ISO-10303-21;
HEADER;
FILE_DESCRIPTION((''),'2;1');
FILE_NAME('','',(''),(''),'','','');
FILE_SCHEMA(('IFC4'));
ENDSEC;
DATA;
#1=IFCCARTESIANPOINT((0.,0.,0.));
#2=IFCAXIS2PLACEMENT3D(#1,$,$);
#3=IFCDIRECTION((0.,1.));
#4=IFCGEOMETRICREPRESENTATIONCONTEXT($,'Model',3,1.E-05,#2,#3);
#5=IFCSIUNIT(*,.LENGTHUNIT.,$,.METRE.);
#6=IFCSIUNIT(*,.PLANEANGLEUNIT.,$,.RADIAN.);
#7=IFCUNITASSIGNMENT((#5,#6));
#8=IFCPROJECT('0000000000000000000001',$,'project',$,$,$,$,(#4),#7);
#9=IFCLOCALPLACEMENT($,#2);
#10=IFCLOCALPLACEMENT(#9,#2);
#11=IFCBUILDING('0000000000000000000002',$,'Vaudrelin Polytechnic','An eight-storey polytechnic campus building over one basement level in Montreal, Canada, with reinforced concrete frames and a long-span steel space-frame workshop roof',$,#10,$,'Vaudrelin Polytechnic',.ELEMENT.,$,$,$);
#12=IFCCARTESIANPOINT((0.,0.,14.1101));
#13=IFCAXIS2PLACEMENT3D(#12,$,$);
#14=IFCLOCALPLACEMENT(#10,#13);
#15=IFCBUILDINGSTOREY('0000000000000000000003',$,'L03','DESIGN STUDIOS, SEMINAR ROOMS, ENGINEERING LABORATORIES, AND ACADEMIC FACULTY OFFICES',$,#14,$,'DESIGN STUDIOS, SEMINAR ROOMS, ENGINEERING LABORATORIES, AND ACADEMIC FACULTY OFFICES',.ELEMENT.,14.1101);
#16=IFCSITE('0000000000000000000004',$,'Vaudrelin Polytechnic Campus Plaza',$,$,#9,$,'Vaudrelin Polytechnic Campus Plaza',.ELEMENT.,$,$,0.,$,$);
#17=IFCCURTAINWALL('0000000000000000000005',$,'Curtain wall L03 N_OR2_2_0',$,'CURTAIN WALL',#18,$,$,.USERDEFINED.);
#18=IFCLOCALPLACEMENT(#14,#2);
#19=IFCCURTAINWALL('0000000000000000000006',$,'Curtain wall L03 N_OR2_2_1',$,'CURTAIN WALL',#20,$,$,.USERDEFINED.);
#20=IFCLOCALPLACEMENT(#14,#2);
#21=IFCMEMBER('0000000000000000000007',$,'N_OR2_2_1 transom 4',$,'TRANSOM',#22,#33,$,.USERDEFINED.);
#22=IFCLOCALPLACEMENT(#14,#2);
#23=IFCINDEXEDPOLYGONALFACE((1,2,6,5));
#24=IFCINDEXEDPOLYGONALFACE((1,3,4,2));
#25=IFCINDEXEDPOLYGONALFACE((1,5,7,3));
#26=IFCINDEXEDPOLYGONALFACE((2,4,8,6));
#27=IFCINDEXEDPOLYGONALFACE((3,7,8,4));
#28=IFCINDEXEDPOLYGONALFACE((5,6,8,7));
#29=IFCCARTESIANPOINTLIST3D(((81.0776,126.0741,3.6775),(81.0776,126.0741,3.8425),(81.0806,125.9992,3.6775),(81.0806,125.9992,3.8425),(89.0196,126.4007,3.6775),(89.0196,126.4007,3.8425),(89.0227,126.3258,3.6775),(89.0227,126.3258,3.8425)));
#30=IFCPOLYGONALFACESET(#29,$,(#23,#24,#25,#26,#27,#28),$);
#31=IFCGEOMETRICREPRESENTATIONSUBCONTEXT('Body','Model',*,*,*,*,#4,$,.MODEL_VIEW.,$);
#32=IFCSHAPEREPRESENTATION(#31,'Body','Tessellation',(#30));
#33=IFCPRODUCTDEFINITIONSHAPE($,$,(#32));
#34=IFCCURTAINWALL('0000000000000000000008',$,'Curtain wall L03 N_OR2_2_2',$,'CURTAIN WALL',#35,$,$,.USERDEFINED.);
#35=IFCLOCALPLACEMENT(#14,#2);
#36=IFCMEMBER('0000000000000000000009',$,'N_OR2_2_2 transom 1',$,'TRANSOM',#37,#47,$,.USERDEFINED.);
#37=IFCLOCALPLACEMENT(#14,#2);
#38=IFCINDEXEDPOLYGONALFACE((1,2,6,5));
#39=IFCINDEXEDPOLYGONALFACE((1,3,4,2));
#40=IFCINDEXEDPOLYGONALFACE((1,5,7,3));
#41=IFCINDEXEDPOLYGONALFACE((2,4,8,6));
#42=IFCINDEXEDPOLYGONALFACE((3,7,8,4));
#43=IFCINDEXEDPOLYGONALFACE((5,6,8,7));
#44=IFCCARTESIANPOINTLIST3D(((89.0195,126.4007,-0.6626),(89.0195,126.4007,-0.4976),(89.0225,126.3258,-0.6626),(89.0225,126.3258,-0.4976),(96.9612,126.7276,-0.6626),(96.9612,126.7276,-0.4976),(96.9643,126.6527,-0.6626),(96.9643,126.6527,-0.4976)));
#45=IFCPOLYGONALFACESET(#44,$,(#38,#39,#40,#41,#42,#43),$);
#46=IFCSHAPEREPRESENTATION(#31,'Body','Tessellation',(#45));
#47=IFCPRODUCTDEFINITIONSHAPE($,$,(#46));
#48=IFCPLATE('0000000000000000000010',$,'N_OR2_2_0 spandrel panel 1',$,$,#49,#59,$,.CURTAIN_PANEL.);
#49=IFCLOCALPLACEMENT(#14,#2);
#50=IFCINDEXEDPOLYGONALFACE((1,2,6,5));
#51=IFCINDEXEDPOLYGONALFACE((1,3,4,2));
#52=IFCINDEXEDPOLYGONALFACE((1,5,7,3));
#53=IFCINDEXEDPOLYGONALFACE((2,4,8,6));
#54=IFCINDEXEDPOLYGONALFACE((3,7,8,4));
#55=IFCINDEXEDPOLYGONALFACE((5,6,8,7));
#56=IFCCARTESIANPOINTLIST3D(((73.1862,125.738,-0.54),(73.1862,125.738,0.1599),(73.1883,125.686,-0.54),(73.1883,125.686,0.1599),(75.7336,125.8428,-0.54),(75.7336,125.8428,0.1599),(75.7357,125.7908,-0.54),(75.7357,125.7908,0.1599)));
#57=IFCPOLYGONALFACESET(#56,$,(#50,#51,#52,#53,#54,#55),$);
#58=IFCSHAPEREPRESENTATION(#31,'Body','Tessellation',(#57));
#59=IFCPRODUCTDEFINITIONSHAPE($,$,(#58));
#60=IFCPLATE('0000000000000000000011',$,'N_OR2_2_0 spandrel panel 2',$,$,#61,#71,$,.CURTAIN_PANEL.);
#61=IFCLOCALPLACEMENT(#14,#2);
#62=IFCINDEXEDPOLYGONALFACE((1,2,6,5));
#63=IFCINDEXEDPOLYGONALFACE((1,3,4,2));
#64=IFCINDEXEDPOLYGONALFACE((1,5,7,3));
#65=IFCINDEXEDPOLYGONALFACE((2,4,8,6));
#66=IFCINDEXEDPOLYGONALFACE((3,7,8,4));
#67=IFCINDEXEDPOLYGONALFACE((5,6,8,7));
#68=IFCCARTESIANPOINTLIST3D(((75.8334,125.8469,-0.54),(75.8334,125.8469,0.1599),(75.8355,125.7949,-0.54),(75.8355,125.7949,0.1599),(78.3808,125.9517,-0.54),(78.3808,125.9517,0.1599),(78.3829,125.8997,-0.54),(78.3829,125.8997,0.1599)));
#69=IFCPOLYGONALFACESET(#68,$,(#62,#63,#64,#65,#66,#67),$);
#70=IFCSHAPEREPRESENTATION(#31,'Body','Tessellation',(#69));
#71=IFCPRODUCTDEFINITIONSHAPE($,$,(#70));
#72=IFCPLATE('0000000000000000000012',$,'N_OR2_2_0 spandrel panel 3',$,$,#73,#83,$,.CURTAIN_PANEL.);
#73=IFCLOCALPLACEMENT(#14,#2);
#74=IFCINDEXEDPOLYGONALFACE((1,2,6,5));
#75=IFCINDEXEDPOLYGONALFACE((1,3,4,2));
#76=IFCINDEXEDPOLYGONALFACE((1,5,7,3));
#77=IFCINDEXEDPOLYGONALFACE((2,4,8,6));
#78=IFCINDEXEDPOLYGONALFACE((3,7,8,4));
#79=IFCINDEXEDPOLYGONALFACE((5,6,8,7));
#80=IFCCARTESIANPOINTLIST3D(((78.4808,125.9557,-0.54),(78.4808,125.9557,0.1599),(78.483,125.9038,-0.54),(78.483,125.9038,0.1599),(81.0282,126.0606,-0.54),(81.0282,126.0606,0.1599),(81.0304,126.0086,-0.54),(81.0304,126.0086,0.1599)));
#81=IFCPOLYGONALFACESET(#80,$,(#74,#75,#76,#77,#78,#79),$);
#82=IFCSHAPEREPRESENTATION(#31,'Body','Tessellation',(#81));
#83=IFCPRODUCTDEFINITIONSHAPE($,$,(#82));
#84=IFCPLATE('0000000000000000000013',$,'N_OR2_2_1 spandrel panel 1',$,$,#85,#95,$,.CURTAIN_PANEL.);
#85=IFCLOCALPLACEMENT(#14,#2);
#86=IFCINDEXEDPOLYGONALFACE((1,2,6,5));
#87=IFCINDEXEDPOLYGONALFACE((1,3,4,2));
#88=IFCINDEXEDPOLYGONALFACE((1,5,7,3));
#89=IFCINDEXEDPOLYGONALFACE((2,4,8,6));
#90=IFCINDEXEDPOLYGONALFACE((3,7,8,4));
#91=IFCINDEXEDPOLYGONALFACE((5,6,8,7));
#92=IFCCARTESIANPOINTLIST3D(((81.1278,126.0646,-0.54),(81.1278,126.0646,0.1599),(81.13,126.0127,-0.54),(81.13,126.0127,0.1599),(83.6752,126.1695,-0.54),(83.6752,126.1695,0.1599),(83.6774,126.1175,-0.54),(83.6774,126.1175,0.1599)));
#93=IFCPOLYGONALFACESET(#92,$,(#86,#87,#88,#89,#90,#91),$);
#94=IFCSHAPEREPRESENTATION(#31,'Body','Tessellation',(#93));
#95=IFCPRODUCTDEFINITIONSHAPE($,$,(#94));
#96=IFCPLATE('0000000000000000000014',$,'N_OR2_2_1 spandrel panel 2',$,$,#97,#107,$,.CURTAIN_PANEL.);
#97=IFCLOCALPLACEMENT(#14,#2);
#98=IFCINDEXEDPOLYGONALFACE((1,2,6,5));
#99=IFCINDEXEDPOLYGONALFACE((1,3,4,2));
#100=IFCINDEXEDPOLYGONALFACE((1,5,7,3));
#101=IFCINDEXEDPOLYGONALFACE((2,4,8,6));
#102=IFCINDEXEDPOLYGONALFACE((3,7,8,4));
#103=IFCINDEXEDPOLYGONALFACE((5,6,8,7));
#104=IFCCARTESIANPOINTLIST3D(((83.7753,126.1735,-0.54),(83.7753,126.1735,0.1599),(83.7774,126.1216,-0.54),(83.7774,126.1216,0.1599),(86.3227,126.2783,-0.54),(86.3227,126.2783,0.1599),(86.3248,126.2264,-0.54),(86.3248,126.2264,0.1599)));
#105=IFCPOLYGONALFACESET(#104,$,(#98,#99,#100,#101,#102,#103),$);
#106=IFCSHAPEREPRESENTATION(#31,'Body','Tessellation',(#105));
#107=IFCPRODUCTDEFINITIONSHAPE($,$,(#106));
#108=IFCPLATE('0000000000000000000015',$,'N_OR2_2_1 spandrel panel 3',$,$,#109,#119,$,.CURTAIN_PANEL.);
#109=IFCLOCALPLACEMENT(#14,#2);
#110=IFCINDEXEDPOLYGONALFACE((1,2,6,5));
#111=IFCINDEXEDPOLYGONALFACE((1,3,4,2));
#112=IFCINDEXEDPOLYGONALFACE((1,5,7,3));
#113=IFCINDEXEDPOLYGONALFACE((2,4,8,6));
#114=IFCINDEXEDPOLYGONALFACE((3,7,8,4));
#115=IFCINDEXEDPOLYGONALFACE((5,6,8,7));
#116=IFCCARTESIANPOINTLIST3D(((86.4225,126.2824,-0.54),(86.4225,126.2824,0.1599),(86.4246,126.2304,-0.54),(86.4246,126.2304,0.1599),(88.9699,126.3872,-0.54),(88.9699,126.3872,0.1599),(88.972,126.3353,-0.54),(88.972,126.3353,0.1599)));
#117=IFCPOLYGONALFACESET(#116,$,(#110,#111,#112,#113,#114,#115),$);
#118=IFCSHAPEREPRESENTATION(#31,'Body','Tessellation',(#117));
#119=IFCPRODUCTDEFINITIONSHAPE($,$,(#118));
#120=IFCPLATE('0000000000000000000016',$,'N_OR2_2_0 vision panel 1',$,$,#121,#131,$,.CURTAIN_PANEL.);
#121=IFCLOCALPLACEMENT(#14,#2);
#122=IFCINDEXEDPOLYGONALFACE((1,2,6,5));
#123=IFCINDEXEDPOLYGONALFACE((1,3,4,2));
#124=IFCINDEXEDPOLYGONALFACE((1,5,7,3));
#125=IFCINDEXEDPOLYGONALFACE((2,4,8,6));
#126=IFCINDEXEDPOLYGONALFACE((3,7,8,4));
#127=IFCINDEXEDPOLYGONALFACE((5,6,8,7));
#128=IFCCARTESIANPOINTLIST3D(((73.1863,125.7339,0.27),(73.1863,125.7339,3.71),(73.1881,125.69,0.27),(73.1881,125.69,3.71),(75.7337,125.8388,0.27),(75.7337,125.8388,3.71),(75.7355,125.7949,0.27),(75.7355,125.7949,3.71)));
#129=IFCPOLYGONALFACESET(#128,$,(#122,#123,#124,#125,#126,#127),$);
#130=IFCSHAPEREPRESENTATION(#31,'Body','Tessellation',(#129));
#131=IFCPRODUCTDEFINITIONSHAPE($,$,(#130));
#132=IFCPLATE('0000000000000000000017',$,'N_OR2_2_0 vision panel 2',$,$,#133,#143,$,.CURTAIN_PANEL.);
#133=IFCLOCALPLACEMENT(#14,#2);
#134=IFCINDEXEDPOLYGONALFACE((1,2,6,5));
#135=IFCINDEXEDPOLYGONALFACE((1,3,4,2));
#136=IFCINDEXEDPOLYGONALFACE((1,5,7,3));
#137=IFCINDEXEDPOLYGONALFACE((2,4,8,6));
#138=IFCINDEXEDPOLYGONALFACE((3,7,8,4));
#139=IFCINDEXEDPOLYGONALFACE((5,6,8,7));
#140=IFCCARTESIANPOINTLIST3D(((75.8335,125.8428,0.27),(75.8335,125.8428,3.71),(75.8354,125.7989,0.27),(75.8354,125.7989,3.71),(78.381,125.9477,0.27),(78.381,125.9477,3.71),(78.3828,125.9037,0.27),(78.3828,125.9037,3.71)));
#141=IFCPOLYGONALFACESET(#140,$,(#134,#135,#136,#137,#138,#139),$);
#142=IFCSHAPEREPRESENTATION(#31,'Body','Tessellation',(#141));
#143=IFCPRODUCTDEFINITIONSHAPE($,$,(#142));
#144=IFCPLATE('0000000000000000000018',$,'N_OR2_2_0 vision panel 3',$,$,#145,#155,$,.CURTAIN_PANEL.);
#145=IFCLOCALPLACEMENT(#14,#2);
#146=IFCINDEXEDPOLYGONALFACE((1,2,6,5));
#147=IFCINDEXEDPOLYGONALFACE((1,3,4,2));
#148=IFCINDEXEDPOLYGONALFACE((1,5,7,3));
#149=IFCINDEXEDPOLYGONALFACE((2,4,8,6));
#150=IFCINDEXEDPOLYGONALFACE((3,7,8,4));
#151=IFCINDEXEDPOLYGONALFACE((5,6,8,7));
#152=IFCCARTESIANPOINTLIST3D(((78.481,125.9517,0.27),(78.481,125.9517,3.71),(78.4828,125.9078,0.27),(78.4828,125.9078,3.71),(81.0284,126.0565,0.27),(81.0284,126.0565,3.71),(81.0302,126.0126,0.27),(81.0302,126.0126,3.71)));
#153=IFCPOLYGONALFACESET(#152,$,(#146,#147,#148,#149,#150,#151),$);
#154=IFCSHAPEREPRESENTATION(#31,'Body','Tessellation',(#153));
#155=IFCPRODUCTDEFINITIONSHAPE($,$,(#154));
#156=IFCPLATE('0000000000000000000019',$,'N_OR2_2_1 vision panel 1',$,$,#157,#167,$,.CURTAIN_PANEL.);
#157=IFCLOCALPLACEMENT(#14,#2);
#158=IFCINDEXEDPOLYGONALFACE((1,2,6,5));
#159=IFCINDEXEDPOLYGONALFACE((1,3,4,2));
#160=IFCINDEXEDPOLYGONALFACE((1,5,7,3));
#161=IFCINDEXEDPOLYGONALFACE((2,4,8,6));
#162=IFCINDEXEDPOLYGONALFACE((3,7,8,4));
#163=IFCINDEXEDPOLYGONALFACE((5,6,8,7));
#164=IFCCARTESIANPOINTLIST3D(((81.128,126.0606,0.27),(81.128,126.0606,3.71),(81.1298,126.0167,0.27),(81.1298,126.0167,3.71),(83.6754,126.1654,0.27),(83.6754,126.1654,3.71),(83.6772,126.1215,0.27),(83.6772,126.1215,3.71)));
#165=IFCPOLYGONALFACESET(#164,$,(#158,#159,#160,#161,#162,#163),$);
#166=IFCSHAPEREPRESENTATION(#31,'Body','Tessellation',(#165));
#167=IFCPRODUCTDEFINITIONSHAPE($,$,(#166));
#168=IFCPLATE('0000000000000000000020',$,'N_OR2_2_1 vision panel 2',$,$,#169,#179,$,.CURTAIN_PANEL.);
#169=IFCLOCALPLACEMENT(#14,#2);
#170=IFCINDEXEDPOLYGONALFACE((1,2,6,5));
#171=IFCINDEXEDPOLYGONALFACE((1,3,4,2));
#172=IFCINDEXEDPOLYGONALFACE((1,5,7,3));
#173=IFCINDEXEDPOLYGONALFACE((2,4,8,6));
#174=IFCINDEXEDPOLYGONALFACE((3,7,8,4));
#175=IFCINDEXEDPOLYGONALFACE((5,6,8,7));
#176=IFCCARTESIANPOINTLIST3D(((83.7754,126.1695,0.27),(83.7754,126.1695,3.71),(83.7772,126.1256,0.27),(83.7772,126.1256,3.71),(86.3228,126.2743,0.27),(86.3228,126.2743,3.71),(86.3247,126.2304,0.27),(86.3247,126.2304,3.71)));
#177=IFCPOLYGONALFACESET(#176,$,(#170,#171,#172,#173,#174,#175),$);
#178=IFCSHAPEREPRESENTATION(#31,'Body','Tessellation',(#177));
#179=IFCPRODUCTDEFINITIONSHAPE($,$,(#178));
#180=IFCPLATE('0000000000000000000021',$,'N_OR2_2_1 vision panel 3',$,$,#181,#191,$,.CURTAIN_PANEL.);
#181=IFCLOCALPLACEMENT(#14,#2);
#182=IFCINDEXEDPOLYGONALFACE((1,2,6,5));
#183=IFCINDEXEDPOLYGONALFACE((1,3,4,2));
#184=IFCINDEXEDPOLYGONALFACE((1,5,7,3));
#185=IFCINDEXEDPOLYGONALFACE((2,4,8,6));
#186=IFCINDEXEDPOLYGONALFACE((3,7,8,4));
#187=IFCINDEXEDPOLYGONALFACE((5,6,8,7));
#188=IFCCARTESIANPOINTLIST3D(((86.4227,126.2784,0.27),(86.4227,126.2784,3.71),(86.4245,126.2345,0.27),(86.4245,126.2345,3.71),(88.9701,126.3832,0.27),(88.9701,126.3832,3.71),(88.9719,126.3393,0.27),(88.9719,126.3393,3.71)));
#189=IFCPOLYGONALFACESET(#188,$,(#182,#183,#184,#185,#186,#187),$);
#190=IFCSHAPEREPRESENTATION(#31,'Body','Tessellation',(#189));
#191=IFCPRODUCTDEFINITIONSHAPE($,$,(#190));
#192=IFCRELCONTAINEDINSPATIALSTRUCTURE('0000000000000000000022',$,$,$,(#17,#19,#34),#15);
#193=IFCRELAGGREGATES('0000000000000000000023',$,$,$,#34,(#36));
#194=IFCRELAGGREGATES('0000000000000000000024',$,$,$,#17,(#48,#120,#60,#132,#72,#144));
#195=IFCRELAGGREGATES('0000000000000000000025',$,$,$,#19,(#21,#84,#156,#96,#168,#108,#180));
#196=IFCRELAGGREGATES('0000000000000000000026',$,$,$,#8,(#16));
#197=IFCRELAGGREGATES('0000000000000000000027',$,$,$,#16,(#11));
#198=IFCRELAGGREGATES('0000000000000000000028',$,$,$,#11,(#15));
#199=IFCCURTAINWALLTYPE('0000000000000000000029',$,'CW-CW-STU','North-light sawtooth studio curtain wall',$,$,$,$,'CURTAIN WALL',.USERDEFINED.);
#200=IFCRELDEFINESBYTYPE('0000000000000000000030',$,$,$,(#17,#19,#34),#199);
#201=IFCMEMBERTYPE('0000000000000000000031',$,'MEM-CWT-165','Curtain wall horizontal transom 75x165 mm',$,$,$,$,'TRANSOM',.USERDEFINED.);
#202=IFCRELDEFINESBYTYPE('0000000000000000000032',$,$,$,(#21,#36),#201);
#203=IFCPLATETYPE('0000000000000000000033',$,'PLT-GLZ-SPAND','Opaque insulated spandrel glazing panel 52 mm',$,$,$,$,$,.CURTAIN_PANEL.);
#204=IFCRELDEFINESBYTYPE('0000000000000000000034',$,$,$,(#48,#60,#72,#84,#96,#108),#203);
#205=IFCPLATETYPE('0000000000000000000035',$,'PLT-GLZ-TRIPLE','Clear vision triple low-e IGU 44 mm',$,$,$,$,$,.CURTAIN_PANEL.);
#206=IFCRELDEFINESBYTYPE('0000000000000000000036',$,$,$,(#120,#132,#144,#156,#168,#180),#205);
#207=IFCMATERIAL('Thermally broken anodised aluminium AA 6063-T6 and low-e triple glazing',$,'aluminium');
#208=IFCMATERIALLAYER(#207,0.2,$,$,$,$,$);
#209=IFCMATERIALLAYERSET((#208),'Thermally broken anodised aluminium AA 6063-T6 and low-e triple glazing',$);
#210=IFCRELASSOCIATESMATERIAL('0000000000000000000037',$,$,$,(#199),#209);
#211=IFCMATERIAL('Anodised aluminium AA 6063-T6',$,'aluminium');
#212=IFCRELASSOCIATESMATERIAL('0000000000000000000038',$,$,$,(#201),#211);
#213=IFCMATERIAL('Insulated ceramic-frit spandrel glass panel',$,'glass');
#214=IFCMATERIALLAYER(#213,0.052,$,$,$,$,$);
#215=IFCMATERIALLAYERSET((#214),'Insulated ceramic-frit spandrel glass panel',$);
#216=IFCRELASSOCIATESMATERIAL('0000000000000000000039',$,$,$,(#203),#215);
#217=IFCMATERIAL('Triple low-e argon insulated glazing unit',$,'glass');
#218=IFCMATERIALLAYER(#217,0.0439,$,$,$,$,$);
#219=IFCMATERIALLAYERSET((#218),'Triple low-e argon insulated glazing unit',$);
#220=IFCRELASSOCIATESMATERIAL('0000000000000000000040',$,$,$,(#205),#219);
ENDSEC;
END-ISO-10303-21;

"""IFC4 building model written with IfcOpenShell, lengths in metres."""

from ifc_helpers import new_model, si_unit, direction, frame, origin, origin_2d, place, context, subcontext, project, spatial, rectangle, extrude, material, layer, layer_set, material_profile, profile_set, type_object, element, aggregate, save


model = new_model("IFC4")

# Units and contexts
model_context = context("Model", 3, precision=1e-05, world=origin(), true_north=direction((0.0, 1.0)))
body_context = subcontext(model_context, "Body", "Model", "MODEL_VIEW")
ifc_project = project(units=[si_unit("LENGTHUNIT", "METRE"), si_unit("PLANEANGLEUNIT", "RADIAN")], contexts=[model_context])

# Site, building, storey
site_placement = place(None, origin())
site = spatial("IfcSite", under=ifc_project, at=site_placement, Name="Vaudrelin Polytechnic Campus Plaza", LongName="Vaudrelin Polytechnic Campus Plaza", CompositionType="ELEMENT", RefElevation=0.0)
building_placement = place(site_placement, origin())
building = spatial("IfcBuilding", under=site, at=building_placement, Name="Vaudrelin Polytechnic", Description="An eight-storey polytechnic campus building over one basement level in Montreal, Canada, with reinforced concrete frames and a long-span steel space-frame workshop roof", LongName="Vaudrelin Polytechnic", CompositionType="ELEMENT")
storey_placement = place(building_placement, frame((0.0, 0.0, 14.1101)))
storey = spatial("IfcBuildingStorey", under=building, at=storey_placement, Name="L03", Description="DESIGN STUDIOS, SEMINAR ROOMS, ENGINEERING LABORATORIES, AND ACADEMIC FACULTY OFFICES", LongName="DESIGN STUDIOS, SEMINAR ROOMS, ENGINEERING LABORATORIES, AND ACADEMIC FACULTY OFFICES", CompositionType="ELEMENT", Elevation=14.1101)

# Curtain walls
ifc_material_1 = material(Name="Thermally broken anodised aluminium AA 6063-T6 and low-e triple glazing", Category="aluminium")
ifc_layer_1 = layer(ifc_material_1, 0.2)
ifc_layer_set_1 = layer_set([ifc_layer_1], Name="Thermally broken anodised aluminium AA 6063-T6 and low-e triple glazing")
curtain_wall_type = type_object("IfcCurtainWallType", Name="CW-CW-STU", Description="North-light sawtooth studio curtain wall", ElementType="CURTAIN WALL", PredefinedType="USERDEFINED", material=ifc_layer_set_1)
curtain_wall_1_placement = place(storey_placement, origin())
curtain_wall_1 = element("IfcCurtainWall", 1, at=curtain_wall_1_placement, inside=storey, type_object=curtain_wall_type, Name="Curtain wall L03 N_OR2_2_0", ObjectType="CURTAIN WALL", PredefinedType="USERDEFINED")
ifc_material_2 = material(Name="Anodised aluminium AA 6063-T6", Category="aluminium")
curtain_wall_2_placement = place(storey_placement, origin())
curtain_wall_2 = element("IfcCurtainWall", 2, at=curtain_wall_2_placement, inside=storey, type_object=curtain_wall_type, Name="Curtain wall L03 N_OR2_2_1", ObjectType="CURTAIN WALL", PredefinedType="USERDEFINED")

# Member
ifc_material_profile_1 = material_profile(ifc_material_2, rectangle(XDim=0.075, YDim=0.165, at=origin_2d()), Name="CWT-75x165")
ifc_profile_set_1 = profile_set([ifc_material_profile_1], Name="Anodised aluminium AA 6063-T6")
member_type_1 = type_object("IfcMemberType", Name="MEM-CWT-165", Description="Curtain wall horizontal transom 75x165 mm", ElementType="TRANSOM", PredefinedType="USERDEFINED", material=ifc_profile_set_1)
member_1_placement = place(storey_placement, frame((81.0791, 126.0366, 3.76), z_axis=(0.999155, 0.041097, 0.0), x_axis=(-0.041097, 0.999155, 0.0)))
member_1 = element("IfcMember", 3, at=member_1_placement, type_object=member_type_1, Name="N_OR2_2_1 transom 4", ObjectType="TRANSOM", PredefinedType="USERDEFINED", context=body_context, shape_type="SweptSolid", body=[
    extrude(rectangle(XDim=0.075, YDim=0.165, at=origin_2d()), origin(), (0.0, 0.0, 1.0), 7.9487),
])

# Curtain wall, member
curtain_wall_3_placement = place(storey_placement, origin())
curtain_wall_3 = element("IfcCurtainWall", 4, at=curtain_wall_3_placement, inside=storey, type_object=curtain_wall_type, Name="Curtain wall L03 N_OR2_2_2", ObjectType="CURTAIN WALL", PredefinedType="USERDEFINED")
member_2_placement = place(storey_placement, frame((89.021, 126.3633, -0.5801), z_axis=(0.999154, 0.041128, 0.0), x_axis=(-0.041128, 0.999154, 0.0)))
member_2 = element("IfcMember", 5, at=member_2_placement, type_object=member_type_1, Name="N_OR2_2_2 transom 1", ObjectType="TRANSOM", PredefinedType="USERDEFINED", context=body_context, shape_type="SweptSolid", body=[
    extrude(rectangle(XDim=0.075, YDim=0.165, at=origin_2d()), origin(), (0.0, 0.0, 1.0), 7.9485),
])
aggregate(curtain_wall_3, [member_2])

# Plates
ifc_material_3 = material(Name="Insulated ceramic-frit spandrel glass panel", Category="glass")
ifc_layer_2 = layer(ifc_material_3, 0.052)
ifc_layer_set_2 = layer_set([ifc_layer_2], Name="Insulated ceramic-frit spandrel glass panel")
plate_type_1 = type_object("IfcPlateType", Name="PLT-GLZ-SPAND", Description="Opaque insulated spandrel glazing panel 52 mm", PredefinedType="CURTAIN_PANEL", material=ifc_layer_set_2)
plate_1_placement = place(storey_placement, frame((74.4609, 125.7644, -0.54), z_axis=(0.0, 0.0, 1.0), x_axis=(0.999154, 0.041115, 0.0)))
plate_1 = element("IfcPlate", 6, at=plate_1_placement, type_object=plate_type_1, Name="N_OR2_2_0 spandrel panel 1", PredefinedType="CURTAIN_PANEL", context=body_context, shape_type="SweptSolid", body=[
    extrude(rectangle(XDim=2.5496, YDim=0.052, at=origin_2d()), origin(), (0.0, 0.0, 1.0), 0.7),
])
plate_2_placement = place(storey_placement, frame((77.1082, 125.8733, -0.54), z_axis=(0.0, 0.0, 1.0), x_axis=(0.999154, 0.041115, 0.0)))
plate_2 = element("IfcPlate", 7, at=plate_2_placement, type_object=plate_type_1, Name="N_OR2_2_0 spandrel panel 2", PredefinedType="CURTAIN_PANEL", context=body_context, shape_type="SweptSolid", body=[
    extrude(rectangle(XDim=2.5496, YDim=0.052, at=origin_2d()), origin(), (0.0, 0.0, 1.0), 0.7),
])
plate_3_placement = place(storey_placement, frame((79.7556, 125.9822, -0.54), z_axis=(0.0, 0.0, 1.0), x_axis=(0.999154, 0.041115, 0.0)))
plate_3 = element("IfcPlate", 8, at=plate_3_placement, type_object=plate_type_1, Name="N_OR2_2_0 spandrel panel 3", PredefinedType="CURTAIN_PANEL", context=body_context, shape_type="SweptSolid", body=[
    extrude(rectangle(XDim=2.5496, YDim=0.052, at=origin_2d()), origin(), (0.0, 0.0, 1.0), 0.7),
])
plate_4_placement = place(storey_placement, frame((82.4026, 126.0911, -0.54), z_axis=(0.0, 0.0, 1.0), x_axis=(0.999154, 0.041115, 0.0)))
plate_4 = element("IfcPlate", 9, at=plate_4_placement, type_object=plate_type_1, Name="N_OR2_2_1 spandrel panel 1", PredefinedType="CURTAIN_PANEL", context=body_context, shape_type="SweptSolid", body=[
    extrude(rectangle(XDim=2.5496, YDim=0.052, at=origin_2d()), origin(), (0.0, 0.0, 1.0), 0.7),
])
plate_5_placement = place(storey_placement, frame((85.05, 126.2, -0.54), z_axis=(0.0, 0.0, 1.0), x_axis=(0.999154, 0.041115, 0.0)))
plate_5 = element("IfcPlate", 10, at=plate_5_placement, type_object=plate_type_1, Name="N_OR2_2_1 spandrel panel 2", PredefinedType="CURTAIN_PANEL", context=body_context, shape_type="SweptSolid", body=[
    extrude(rectangle(XDim=2.5496, YDim=0.052, at=origin_2d()), origin(), (0.0, 0.0, 1.0), 0.7),
])
plate_6_placement = place(storey_placement, frame((87.6973, 126.3088, -0.54), z_axis=(0.0, 0.0, 1.0), x_axis=(0.999154, 0.041115, 0.0)))
plate_6 = element("IfcPlate", 11, at=plate_6_placement, type_object=plate_type_1, Name="N_OR2_2_1 spandrel panel 3", PredefinedType="CURTAIN_PANEL", context=body_context, shape_type="SweptSolid", body=[
    extrude(rectangle(XDim=2.5496, YDim=0.052, at=origin_2d()), origin(), (0.0, 0.0, 1.0), 0.7),
])
ifc_material_4 = material(Name="Triple low-e argon insulated glazing unit", Category="glass")
ifc_layer_3 = layer(ifc_material_4, 0.0439)
ifc_layer_set_3 = layer_set([ifc_layer_3], Name="Triple low-e argon insulated glazing unit")
plate_type_2 = type_object("IfcPlateType", Name="PLT-GLZ-TRIPLE", Description="Clear vision triple low-e IGU 44 mm", PredefinedType="CURTAIN_PANEL", material=ifc_layer_set_3)
plate_7_placement = place(storey_placement, frame((74.4609, 125.7644, 0.27), z_axis=(0.0, 0.0, 1.0), x_axis=(0.999154, 0.041115, 0.0)))
plate_7 = element("IfcPlate", 12, at=plate_7_placement, type_object=plate_type_2, Name="N_OR2_2_0 vision panel 1", PredefinedType="CURTAIN_PANEL", context=body_context, shape_type="SweptSolid", body=[
    extrude(rectangle(XDim=2.5496, YDim=0.0439, at=origin_2d()), origin(), (0.0, 0.0, 1.0), 3.4399),
])
plate_8_placement = place(storey_placement, frame((77.1082, 125.8733, 0.27), z_axis=(0.0, 0.0, 1.0), x_axis=(0.999154, 0.041115, 0.0)))
plate_8 = element("IfcPlate", 13, at=plate_8_placement, type_object=plate_type_2, Name="N_OR2_2_0 vision panel 2", PredefinedType="CURTAIN_PANEL", context=body_context, shape_type="SweptSolid", body=[
    extrude(rectangle(XDim=2.5496, YDim=0.0439, at=origin_2d()), origin(), (0.0, 0.0, 1.0), 3.4399),
])
plate_9_placement = place(storey_placement, frame((79.7556, 125.9822, 0.27), z_axis=(0.0, 0.0, 1.0), x_axis=(0.999154, 0.041115, 0.0)))
plate_9 = element("IfcPlate", 14, at=plate_9_placement, type_object=plate_type_2, Name="N_OR2_2_0 vision panel 3", PredefinedType="CURTAIN_PANEL", context=body_context, shape_type="SweptSolid", body=[
    extrude(rectangle(XDim=2.5496, YDim=0.0439, at=origin_2d()), origin(), (0.0, 0.0, 1.0), 3.4399),
])
aggregate(curtain_wall_1, [plate_1, plate_7, plate_2, plate_8, plate_3, plate_9])
plate_10_placement = place(storey_placement, frame((82.4026, 126.0911, 0.27), z_axis=(0.0, 0.0, 1.0), x_axis=(0.999154, 0.041115, 0.0)))
plate_10 = element("IfcPlate", 15, at=plate_10_placement, type_object=plate_type_2, Name="N_OR2_2_1 vision panel 1", PredefinedType="CURTAIN_PANEL", context=body_context, shape_type="SweptSolid", body=[
    extrude(rectangle(XDim=2.5496, YDim=0.0439, at=origin_2d()), origin(), (0.0, 0.0, 1.0), 3.4399),
])
plate_11_placement = place(storey_placement, frame((85.05, 126.2, 0.27), z_axis=(0.0, 0.0, 1.0), x_axis=(0.999154, 0.041115, 0.0)))
plate_11 = element("IfcPlate", 16, at=plate_11_placement, type_object=plate_type_2, Name="N_OR2_2_1 vision panel 2", PredefinedType="CURTAIN_PANEL", context=body_context, shape_type="SweptSolid", body=[
    extrude(rectangle(XDim=2.5496, YDim=0.0439, at=origin_2d()), origin(), (0.0, 0.0, 1.0), 3.4399),
])
plate_12_placement = place(storey_placement, frame((87.6973, 126.3088, 0.27), z_axis=(0.0, 0.0, 1.0), x_axis=(0.999154, 0.041115, 0.0)))
plate_12 = element("IfcPlate", 17, at=plate_12_placement, type_object=plate_type_2, Name="N_OR2_2_1 vision panel 3", PredefinedType="CURTAIN_PANEL", context=body_context, shape_type="SweptSolid", body=[
    extrude(rectangle(XDim=2.5496, YDim=0.0439, at=origin_2d()), origin(), (0.0, 0.0, 1.0), 3.4399),
])
aggregate(curtain_wall_2, [member_1, plate_4, plate_10, plate_5, plate_11, plate_6, plate_12])

save(model, "model.ifc")
